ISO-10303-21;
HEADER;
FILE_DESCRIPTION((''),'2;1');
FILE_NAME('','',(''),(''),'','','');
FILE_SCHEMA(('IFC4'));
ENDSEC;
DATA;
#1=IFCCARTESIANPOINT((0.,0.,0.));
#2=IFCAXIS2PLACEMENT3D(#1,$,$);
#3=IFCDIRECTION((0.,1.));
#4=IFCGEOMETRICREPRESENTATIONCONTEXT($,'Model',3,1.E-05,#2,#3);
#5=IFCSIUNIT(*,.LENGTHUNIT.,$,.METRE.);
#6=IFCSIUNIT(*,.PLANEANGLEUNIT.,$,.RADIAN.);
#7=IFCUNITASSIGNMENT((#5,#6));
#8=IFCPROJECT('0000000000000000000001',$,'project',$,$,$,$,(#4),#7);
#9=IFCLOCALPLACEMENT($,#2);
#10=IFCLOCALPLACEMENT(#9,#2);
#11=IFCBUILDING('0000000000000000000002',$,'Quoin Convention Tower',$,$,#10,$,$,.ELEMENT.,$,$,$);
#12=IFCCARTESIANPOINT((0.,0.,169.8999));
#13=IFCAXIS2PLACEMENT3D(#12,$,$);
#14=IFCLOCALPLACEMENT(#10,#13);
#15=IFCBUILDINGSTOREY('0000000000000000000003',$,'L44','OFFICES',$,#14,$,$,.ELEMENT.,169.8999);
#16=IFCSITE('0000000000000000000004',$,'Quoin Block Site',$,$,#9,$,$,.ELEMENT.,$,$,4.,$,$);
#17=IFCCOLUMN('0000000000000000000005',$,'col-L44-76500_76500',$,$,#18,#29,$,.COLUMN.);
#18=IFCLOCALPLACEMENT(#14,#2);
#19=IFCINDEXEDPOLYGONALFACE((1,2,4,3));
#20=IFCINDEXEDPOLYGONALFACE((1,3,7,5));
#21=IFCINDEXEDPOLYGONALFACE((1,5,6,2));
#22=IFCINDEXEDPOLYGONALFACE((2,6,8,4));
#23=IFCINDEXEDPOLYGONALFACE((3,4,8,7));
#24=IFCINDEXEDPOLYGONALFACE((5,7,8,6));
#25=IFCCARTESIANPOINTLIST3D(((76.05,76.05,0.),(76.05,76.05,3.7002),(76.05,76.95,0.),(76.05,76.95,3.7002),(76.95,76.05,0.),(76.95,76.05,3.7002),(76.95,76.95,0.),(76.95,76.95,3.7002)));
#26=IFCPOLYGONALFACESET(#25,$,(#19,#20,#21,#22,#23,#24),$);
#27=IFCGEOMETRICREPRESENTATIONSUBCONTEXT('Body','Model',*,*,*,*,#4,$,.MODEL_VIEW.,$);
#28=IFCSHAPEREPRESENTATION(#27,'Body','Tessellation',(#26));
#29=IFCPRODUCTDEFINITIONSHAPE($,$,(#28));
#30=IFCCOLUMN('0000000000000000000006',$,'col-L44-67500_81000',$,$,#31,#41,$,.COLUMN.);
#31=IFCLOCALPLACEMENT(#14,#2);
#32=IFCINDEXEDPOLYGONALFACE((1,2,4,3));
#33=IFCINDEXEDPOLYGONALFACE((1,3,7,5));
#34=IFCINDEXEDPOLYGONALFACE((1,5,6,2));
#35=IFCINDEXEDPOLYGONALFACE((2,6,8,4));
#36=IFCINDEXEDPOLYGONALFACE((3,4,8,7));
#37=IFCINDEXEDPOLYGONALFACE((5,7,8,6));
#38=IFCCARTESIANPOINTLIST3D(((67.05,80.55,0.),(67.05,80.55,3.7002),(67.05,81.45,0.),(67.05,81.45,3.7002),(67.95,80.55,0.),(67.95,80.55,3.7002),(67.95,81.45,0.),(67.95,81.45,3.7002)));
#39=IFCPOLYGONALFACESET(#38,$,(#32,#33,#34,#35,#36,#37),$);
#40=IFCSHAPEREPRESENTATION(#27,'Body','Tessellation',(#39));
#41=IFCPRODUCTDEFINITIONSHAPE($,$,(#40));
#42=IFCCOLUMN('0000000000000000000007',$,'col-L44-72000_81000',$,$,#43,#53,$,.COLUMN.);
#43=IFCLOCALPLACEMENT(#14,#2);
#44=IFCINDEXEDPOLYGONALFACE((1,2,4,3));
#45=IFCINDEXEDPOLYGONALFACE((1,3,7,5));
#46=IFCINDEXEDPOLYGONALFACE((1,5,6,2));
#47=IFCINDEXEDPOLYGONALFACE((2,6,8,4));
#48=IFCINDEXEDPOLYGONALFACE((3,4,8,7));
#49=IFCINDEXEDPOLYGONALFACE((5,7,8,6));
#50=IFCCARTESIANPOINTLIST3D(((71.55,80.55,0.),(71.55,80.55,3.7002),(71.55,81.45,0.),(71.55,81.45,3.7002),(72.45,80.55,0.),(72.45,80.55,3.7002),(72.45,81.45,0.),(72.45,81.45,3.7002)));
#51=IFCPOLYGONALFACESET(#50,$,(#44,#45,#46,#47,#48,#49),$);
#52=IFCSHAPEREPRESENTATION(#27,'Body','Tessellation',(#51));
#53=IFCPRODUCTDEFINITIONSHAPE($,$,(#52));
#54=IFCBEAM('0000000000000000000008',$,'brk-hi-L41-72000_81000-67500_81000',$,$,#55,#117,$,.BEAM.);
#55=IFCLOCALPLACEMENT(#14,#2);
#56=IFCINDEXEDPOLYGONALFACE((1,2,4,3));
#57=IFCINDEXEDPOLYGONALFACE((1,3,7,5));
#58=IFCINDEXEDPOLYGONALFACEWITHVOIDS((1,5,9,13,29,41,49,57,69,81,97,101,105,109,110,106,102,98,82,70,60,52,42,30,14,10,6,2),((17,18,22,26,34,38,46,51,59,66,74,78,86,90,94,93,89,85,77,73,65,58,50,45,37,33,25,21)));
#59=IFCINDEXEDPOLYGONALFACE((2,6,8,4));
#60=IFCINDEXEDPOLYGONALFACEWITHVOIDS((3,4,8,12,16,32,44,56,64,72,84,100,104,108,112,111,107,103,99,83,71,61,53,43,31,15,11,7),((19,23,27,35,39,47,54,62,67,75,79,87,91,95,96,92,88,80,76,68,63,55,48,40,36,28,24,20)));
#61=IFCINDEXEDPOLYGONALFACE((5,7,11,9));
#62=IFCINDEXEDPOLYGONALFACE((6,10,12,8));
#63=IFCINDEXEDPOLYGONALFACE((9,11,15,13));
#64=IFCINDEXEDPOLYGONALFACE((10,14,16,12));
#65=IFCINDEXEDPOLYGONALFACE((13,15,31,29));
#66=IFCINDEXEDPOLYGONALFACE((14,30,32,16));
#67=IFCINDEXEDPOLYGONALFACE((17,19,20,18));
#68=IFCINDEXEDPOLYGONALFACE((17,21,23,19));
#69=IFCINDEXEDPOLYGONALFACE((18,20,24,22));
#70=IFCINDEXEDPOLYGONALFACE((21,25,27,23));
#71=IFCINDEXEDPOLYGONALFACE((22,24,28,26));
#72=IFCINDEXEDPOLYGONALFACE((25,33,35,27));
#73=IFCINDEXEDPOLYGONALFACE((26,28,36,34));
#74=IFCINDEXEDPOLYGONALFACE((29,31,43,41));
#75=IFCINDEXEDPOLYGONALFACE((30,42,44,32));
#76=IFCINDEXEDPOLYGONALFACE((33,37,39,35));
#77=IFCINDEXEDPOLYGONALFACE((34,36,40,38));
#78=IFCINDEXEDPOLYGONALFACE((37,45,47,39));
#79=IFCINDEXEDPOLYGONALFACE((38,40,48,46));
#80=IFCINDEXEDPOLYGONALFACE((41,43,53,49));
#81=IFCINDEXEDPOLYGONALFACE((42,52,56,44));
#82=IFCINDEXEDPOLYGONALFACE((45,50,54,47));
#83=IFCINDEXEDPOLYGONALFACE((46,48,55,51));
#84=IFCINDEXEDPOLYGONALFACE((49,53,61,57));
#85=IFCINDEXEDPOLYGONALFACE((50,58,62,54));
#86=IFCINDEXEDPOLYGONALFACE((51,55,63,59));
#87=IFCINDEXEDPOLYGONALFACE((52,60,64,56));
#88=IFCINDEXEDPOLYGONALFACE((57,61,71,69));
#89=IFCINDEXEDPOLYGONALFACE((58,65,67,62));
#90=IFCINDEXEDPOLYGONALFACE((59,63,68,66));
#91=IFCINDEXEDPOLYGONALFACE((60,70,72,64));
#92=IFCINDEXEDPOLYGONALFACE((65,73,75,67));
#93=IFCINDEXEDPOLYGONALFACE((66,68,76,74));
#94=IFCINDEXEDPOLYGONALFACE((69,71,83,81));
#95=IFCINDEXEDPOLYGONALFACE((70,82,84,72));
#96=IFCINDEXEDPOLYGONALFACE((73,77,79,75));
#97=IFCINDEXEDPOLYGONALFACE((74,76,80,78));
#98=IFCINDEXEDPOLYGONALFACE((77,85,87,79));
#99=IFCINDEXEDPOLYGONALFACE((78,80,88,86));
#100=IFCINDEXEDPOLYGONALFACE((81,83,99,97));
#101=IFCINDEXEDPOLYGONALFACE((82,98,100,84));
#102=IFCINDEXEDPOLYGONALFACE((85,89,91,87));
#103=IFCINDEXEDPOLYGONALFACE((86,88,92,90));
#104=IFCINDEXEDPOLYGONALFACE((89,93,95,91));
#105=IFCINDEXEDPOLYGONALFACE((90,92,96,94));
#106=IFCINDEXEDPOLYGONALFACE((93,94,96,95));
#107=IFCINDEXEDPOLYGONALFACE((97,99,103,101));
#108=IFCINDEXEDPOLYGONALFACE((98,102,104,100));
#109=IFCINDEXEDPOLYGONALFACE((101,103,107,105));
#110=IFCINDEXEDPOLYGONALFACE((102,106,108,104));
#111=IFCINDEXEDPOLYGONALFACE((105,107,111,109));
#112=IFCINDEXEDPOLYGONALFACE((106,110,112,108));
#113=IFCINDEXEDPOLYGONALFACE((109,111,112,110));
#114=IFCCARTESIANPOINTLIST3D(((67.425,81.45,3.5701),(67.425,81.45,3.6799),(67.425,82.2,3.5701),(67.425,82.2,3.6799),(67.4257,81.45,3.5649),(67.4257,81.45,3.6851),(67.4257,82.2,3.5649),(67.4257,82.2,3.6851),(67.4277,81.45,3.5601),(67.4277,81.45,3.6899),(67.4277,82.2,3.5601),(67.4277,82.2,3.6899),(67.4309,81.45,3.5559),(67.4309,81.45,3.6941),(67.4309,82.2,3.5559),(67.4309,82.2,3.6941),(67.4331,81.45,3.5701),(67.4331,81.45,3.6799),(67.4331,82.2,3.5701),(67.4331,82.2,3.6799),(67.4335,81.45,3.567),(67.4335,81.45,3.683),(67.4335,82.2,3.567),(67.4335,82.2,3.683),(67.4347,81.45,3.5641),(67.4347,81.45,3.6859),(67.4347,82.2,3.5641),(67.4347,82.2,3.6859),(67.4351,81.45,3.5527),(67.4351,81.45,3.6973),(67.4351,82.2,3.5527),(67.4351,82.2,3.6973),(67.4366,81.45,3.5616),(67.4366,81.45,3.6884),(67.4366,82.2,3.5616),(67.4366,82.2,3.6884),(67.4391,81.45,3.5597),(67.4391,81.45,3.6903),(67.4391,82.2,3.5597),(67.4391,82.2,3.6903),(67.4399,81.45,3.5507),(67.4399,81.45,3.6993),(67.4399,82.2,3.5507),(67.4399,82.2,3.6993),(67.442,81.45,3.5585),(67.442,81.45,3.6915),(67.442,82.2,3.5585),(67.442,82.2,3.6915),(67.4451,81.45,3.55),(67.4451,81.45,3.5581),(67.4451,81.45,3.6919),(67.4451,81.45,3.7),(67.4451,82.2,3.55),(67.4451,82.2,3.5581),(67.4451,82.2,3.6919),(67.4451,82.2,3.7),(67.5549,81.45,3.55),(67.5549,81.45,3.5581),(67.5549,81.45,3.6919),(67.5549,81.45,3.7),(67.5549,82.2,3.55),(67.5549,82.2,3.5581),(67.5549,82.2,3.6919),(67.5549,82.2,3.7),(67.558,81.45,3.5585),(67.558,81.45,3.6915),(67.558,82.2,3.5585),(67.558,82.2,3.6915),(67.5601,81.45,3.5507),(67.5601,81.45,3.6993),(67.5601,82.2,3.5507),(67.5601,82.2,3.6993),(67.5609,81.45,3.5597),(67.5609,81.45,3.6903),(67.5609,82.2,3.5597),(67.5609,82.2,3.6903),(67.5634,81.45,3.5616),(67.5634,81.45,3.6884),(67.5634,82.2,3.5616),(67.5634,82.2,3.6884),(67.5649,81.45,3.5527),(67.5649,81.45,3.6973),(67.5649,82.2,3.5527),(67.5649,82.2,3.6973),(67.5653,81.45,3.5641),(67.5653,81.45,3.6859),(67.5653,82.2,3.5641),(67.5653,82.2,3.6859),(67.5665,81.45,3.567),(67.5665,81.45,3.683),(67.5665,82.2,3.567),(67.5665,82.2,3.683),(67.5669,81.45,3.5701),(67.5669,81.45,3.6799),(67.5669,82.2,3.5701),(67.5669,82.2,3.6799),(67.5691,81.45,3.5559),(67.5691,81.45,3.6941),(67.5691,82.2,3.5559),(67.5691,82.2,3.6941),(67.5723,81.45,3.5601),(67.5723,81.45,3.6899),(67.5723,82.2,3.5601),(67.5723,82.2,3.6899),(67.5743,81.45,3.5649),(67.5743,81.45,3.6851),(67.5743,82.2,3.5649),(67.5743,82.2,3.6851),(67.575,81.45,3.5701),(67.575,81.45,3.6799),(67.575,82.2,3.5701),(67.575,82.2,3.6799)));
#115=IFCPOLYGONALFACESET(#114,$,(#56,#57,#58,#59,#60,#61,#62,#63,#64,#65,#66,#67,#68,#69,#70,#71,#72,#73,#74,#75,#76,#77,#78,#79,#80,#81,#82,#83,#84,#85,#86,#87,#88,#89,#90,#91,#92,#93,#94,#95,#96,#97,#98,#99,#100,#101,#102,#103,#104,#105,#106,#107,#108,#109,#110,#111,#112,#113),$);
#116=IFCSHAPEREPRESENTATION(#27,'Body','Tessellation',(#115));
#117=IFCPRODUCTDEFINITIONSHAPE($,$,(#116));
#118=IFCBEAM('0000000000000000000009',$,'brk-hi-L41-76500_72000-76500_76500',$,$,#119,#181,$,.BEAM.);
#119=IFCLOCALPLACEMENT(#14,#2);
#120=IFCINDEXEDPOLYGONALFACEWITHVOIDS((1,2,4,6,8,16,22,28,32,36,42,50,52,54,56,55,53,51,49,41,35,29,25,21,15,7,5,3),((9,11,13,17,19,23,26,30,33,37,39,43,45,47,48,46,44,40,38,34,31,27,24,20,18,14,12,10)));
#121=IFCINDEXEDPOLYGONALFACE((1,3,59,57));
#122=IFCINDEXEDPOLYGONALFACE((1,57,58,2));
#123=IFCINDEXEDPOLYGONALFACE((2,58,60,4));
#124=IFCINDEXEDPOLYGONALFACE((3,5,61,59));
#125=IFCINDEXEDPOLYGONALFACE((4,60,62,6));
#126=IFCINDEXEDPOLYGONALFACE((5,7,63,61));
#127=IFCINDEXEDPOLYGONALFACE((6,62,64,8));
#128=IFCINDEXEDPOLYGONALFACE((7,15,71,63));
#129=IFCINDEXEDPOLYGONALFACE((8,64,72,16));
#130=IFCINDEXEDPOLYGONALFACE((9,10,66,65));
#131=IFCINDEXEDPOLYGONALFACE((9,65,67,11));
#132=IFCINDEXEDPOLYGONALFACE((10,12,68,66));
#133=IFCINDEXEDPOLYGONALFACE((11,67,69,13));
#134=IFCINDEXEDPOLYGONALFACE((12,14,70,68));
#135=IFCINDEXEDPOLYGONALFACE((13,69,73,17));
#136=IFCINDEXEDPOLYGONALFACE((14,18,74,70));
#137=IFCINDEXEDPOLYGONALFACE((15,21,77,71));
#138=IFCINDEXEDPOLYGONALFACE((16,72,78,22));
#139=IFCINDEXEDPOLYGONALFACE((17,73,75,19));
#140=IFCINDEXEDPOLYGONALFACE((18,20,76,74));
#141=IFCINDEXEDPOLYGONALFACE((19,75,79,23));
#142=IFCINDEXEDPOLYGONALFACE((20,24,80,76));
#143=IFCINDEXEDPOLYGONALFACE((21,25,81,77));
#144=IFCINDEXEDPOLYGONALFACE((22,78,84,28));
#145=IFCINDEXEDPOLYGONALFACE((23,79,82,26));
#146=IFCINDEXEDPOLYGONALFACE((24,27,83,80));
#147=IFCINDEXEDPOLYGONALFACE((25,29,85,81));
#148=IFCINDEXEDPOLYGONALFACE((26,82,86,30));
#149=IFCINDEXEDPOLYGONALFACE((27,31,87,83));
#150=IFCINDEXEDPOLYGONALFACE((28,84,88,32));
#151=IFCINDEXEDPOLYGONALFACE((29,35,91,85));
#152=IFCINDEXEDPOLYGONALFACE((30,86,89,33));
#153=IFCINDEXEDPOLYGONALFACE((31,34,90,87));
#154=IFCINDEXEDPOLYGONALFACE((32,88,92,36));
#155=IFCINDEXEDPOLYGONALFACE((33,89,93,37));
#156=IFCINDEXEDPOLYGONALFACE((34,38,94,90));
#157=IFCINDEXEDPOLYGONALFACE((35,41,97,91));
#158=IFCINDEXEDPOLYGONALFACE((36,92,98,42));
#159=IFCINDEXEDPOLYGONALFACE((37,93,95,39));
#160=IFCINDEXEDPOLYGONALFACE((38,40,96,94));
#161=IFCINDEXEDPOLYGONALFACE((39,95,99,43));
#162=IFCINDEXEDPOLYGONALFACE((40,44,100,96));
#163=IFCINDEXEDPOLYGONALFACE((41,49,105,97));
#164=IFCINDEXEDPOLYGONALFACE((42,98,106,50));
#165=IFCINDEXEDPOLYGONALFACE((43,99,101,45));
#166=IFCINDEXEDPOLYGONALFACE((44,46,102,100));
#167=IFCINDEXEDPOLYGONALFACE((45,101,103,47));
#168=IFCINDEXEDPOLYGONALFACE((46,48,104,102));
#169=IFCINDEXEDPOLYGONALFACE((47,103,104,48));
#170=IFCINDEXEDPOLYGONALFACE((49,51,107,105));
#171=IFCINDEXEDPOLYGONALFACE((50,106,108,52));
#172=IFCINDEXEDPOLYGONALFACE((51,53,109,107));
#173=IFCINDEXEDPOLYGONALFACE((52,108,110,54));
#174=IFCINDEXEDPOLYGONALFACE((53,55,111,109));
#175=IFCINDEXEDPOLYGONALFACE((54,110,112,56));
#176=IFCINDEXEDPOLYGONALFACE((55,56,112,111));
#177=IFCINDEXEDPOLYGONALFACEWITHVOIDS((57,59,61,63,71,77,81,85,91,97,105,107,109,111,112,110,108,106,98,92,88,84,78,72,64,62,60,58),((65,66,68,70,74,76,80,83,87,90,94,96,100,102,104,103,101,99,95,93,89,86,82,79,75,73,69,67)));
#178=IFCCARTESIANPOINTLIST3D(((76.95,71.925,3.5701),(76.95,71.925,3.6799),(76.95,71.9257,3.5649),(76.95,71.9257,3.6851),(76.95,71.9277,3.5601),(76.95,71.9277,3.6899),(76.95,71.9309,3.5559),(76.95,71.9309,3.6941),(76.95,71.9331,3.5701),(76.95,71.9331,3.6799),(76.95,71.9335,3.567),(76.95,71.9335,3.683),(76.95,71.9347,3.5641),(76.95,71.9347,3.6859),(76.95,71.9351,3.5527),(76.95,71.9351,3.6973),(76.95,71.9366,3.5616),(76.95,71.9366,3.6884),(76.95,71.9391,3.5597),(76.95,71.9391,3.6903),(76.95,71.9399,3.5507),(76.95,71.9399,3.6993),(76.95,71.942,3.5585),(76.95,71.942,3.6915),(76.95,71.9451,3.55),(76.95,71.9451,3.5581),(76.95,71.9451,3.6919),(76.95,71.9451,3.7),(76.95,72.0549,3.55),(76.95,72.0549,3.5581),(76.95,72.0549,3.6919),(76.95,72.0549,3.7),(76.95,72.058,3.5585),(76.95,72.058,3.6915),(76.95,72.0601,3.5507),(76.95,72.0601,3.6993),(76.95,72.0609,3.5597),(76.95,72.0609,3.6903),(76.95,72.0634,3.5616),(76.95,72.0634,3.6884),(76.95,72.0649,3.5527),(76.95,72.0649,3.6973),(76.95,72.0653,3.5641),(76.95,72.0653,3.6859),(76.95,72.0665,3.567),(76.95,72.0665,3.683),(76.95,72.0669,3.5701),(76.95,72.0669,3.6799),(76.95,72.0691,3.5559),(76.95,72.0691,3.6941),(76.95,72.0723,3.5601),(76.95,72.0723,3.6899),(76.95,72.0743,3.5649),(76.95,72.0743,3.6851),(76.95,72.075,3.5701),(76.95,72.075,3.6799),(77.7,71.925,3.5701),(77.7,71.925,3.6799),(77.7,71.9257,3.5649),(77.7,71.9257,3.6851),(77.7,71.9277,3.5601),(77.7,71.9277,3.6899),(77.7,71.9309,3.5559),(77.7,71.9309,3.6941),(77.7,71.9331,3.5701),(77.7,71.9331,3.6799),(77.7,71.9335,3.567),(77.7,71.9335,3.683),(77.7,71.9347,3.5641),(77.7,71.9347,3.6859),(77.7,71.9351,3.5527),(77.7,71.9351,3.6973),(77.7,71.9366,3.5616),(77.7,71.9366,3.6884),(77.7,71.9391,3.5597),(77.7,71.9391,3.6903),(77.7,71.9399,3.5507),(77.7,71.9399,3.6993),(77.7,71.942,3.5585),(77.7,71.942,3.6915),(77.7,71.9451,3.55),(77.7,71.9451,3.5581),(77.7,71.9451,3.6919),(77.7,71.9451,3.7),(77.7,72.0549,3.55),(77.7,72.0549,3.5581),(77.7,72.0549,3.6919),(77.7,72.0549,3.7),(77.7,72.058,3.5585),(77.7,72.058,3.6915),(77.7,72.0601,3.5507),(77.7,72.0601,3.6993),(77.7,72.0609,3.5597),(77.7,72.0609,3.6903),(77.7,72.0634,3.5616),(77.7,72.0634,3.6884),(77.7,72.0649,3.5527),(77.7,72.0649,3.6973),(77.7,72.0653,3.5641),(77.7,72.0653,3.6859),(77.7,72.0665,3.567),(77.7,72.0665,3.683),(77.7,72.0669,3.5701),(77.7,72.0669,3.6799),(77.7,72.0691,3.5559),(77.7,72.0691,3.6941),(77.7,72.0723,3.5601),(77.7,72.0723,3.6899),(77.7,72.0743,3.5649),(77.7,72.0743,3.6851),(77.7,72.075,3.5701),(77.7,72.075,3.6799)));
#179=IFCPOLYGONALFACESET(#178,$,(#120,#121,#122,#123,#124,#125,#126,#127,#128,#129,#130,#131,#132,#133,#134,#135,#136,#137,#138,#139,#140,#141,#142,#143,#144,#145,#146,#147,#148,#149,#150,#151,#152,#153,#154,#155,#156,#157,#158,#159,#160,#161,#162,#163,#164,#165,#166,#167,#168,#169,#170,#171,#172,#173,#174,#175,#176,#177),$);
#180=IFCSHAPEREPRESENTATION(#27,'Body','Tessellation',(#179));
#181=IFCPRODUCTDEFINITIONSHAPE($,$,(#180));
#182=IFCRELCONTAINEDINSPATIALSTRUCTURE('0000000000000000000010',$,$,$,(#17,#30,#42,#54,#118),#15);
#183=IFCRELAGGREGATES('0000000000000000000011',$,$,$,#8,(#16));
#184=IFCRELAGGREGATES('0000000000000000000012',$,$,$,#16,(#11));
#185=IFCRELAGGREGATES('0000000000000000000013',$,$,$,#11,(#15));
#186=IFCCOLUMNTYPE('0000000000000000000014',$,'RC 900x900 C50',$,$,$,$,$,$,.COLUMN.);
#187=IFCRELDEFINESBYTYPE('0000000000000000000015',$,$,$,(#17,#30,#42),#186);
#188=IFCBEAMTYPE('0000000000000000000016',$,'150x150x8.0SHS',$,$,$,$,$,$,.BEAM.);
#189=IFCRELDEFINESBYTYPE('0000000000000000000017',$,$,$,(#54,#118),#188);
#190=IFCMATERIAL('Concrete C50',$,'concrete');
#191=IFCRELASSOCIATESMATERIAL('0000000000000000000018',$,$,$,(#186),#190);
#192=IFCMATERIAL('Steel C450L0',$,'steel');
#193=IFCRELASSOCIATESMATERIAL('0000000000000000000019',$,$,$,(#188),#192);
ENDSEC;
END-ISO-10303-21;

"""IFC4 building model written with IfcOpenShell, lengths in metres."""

from ifc_helpers import new_model, si_unit, direction, frame, origin, origin_2d, place, context, subcontext, project, spatial, rectangle, hollow_rectangle, extrude, material, material_profile, profile_set, type_object, element, save


model = new_model("IFC4")

# Units and contexts
model_context = context("Model", 3, precision=1e-05, world=origin(), true_north=direction((0.0, 1.0)))
body_context = subcontext(model_context, "Body", "Model", "MODEL_VIEW")
ifc_project = project(units=[si_unit("LENGTHUNIT", "METRE"), si_unit("PLANEANGLEUNIT", "RADIAN")], contexts=[model_context])

# Site, building, storey
site_placement = place(None, origin())
site = spatial("IfcSite", under=ifc_project, at=site_placement, Name="Quoin Block Site", CompositionType="ELEMENT", RefElevation=4.0)
building_placement = place(site_placement, origin())
building = spatial("IfcBuilding", under=site, at=building_placement, Name="Quoin Convention Tower", CompositionType="ELEMENT")
storey_placement = place(building_placement, frame((0.0, 0.0, 169.8999)))
storey = spatial("IfcBuildingStorey", under=building, at=storey_placement, Name="L44", Description="OFFICES", CompositionType="ELEMENT", Elevation=169.8999)

# Columns
ifc_material_1 = material(Name="Concrete C50", Category="concrete")
ifc_material_profile_1 = material_profile(ifc_material_1, rectangle(XDim=0.8999, YDim=0.8999, at=origin_2d()), Name="RC 900x900")
ifc_profile_set_1 = profile_set([ifc_material_profile_1], Name="Concrete C50")
column_type = type_object("IfcColumnType", Name="RC 900x900 C50", PredefinedType="COLUMN", material=ifc_profile_set_1)
for number, where, z_axis, x_axis, name in (
    (1, (76.5, 76.5, 0.0), (0.0, 0.0, 1.0), (1.0, 0.0, 0.0), "col-L44-76500_76500"),
    (2, (67.5, 81.0, 0.0), (0.0, 0.0, 1.0), (1.0, 0.0, 0.0), "col-L44-67500_81000"),
    (3, (72.0, 81.0, 0.0), (0.0, 0.0, 1.0), (1.0, 0.0, 0.0), "col-L44-72000_81000"),
):
    element("IfcColumn", number, at=place(storey_placement, frame(where, z_axis=z_axis, x_axis=x_axis)), inside=storey, type_object=column_type, Name=name, PredefinedType="COLUMN", context=body_context, shape_type="SweptSolid", body=[
        extrude(rectangle(XDim=0.8999, YDim=0.8999, at=origin_2d()), origin(), (0.0, 0.0, 1.0), 3.7002),
    ])

# Beams
ifc_material_2 = material(Name="Steel C450L0", Category="steel")
ifc_material_profile_2 = material_profile(ifc_material_2, hollow_rectangle(XDim=0.1499, YDim=0.1499, WallThickness=0.0081, InnerFilletRadius=0.012, OuterFilletRadius=0.02, at=origin_2d()), Name="150x150x8.0SHS")
ifc_profile_set_2 = profile_set([ifc_material_profile_2], Name="Steel C450L0")
beam_type_1 = type_object("IfcBeamType", Name="150x150x8.0SHS", PredefinedType="BEAM", material=ifc_profile_set_2)
for number, where, z_axis, x_axis, name in (
    (4, (67.5, 81.45, 3.625), (0.0, 1.0, 0.0), (-1.0, 0.0, 0.0), "brk-hi-L41-72000_81000-67500_81000"),
    (5, (76.95, 72.0, 3.625), (1.0, 0.0, 0.0), (0.0, 1.0, 0.0), "brk-hi-L41-76500_72000-76500_76500"),
):
    element("IfcBeam", number, at=place(storey_placement, frame(where, z_axis=z_axis, x_axis=x_axis)), inside=storey, type_object=beam_type_1, Name=name, PredefinedType="BEAM", context=body_context, shape_type="SweptSolid", body=[
        extrude(hollow_rectangle(XDim=0.1499, YDim=0.1499, WallThickness=0.0081, InnerFilletRadius=0.012, OuterFilletRadius=0.02, at=origin_2d()), origin(), (0.0, 0.0, 1.0), 0.75),
    ])

save(model, "model.ifc")
